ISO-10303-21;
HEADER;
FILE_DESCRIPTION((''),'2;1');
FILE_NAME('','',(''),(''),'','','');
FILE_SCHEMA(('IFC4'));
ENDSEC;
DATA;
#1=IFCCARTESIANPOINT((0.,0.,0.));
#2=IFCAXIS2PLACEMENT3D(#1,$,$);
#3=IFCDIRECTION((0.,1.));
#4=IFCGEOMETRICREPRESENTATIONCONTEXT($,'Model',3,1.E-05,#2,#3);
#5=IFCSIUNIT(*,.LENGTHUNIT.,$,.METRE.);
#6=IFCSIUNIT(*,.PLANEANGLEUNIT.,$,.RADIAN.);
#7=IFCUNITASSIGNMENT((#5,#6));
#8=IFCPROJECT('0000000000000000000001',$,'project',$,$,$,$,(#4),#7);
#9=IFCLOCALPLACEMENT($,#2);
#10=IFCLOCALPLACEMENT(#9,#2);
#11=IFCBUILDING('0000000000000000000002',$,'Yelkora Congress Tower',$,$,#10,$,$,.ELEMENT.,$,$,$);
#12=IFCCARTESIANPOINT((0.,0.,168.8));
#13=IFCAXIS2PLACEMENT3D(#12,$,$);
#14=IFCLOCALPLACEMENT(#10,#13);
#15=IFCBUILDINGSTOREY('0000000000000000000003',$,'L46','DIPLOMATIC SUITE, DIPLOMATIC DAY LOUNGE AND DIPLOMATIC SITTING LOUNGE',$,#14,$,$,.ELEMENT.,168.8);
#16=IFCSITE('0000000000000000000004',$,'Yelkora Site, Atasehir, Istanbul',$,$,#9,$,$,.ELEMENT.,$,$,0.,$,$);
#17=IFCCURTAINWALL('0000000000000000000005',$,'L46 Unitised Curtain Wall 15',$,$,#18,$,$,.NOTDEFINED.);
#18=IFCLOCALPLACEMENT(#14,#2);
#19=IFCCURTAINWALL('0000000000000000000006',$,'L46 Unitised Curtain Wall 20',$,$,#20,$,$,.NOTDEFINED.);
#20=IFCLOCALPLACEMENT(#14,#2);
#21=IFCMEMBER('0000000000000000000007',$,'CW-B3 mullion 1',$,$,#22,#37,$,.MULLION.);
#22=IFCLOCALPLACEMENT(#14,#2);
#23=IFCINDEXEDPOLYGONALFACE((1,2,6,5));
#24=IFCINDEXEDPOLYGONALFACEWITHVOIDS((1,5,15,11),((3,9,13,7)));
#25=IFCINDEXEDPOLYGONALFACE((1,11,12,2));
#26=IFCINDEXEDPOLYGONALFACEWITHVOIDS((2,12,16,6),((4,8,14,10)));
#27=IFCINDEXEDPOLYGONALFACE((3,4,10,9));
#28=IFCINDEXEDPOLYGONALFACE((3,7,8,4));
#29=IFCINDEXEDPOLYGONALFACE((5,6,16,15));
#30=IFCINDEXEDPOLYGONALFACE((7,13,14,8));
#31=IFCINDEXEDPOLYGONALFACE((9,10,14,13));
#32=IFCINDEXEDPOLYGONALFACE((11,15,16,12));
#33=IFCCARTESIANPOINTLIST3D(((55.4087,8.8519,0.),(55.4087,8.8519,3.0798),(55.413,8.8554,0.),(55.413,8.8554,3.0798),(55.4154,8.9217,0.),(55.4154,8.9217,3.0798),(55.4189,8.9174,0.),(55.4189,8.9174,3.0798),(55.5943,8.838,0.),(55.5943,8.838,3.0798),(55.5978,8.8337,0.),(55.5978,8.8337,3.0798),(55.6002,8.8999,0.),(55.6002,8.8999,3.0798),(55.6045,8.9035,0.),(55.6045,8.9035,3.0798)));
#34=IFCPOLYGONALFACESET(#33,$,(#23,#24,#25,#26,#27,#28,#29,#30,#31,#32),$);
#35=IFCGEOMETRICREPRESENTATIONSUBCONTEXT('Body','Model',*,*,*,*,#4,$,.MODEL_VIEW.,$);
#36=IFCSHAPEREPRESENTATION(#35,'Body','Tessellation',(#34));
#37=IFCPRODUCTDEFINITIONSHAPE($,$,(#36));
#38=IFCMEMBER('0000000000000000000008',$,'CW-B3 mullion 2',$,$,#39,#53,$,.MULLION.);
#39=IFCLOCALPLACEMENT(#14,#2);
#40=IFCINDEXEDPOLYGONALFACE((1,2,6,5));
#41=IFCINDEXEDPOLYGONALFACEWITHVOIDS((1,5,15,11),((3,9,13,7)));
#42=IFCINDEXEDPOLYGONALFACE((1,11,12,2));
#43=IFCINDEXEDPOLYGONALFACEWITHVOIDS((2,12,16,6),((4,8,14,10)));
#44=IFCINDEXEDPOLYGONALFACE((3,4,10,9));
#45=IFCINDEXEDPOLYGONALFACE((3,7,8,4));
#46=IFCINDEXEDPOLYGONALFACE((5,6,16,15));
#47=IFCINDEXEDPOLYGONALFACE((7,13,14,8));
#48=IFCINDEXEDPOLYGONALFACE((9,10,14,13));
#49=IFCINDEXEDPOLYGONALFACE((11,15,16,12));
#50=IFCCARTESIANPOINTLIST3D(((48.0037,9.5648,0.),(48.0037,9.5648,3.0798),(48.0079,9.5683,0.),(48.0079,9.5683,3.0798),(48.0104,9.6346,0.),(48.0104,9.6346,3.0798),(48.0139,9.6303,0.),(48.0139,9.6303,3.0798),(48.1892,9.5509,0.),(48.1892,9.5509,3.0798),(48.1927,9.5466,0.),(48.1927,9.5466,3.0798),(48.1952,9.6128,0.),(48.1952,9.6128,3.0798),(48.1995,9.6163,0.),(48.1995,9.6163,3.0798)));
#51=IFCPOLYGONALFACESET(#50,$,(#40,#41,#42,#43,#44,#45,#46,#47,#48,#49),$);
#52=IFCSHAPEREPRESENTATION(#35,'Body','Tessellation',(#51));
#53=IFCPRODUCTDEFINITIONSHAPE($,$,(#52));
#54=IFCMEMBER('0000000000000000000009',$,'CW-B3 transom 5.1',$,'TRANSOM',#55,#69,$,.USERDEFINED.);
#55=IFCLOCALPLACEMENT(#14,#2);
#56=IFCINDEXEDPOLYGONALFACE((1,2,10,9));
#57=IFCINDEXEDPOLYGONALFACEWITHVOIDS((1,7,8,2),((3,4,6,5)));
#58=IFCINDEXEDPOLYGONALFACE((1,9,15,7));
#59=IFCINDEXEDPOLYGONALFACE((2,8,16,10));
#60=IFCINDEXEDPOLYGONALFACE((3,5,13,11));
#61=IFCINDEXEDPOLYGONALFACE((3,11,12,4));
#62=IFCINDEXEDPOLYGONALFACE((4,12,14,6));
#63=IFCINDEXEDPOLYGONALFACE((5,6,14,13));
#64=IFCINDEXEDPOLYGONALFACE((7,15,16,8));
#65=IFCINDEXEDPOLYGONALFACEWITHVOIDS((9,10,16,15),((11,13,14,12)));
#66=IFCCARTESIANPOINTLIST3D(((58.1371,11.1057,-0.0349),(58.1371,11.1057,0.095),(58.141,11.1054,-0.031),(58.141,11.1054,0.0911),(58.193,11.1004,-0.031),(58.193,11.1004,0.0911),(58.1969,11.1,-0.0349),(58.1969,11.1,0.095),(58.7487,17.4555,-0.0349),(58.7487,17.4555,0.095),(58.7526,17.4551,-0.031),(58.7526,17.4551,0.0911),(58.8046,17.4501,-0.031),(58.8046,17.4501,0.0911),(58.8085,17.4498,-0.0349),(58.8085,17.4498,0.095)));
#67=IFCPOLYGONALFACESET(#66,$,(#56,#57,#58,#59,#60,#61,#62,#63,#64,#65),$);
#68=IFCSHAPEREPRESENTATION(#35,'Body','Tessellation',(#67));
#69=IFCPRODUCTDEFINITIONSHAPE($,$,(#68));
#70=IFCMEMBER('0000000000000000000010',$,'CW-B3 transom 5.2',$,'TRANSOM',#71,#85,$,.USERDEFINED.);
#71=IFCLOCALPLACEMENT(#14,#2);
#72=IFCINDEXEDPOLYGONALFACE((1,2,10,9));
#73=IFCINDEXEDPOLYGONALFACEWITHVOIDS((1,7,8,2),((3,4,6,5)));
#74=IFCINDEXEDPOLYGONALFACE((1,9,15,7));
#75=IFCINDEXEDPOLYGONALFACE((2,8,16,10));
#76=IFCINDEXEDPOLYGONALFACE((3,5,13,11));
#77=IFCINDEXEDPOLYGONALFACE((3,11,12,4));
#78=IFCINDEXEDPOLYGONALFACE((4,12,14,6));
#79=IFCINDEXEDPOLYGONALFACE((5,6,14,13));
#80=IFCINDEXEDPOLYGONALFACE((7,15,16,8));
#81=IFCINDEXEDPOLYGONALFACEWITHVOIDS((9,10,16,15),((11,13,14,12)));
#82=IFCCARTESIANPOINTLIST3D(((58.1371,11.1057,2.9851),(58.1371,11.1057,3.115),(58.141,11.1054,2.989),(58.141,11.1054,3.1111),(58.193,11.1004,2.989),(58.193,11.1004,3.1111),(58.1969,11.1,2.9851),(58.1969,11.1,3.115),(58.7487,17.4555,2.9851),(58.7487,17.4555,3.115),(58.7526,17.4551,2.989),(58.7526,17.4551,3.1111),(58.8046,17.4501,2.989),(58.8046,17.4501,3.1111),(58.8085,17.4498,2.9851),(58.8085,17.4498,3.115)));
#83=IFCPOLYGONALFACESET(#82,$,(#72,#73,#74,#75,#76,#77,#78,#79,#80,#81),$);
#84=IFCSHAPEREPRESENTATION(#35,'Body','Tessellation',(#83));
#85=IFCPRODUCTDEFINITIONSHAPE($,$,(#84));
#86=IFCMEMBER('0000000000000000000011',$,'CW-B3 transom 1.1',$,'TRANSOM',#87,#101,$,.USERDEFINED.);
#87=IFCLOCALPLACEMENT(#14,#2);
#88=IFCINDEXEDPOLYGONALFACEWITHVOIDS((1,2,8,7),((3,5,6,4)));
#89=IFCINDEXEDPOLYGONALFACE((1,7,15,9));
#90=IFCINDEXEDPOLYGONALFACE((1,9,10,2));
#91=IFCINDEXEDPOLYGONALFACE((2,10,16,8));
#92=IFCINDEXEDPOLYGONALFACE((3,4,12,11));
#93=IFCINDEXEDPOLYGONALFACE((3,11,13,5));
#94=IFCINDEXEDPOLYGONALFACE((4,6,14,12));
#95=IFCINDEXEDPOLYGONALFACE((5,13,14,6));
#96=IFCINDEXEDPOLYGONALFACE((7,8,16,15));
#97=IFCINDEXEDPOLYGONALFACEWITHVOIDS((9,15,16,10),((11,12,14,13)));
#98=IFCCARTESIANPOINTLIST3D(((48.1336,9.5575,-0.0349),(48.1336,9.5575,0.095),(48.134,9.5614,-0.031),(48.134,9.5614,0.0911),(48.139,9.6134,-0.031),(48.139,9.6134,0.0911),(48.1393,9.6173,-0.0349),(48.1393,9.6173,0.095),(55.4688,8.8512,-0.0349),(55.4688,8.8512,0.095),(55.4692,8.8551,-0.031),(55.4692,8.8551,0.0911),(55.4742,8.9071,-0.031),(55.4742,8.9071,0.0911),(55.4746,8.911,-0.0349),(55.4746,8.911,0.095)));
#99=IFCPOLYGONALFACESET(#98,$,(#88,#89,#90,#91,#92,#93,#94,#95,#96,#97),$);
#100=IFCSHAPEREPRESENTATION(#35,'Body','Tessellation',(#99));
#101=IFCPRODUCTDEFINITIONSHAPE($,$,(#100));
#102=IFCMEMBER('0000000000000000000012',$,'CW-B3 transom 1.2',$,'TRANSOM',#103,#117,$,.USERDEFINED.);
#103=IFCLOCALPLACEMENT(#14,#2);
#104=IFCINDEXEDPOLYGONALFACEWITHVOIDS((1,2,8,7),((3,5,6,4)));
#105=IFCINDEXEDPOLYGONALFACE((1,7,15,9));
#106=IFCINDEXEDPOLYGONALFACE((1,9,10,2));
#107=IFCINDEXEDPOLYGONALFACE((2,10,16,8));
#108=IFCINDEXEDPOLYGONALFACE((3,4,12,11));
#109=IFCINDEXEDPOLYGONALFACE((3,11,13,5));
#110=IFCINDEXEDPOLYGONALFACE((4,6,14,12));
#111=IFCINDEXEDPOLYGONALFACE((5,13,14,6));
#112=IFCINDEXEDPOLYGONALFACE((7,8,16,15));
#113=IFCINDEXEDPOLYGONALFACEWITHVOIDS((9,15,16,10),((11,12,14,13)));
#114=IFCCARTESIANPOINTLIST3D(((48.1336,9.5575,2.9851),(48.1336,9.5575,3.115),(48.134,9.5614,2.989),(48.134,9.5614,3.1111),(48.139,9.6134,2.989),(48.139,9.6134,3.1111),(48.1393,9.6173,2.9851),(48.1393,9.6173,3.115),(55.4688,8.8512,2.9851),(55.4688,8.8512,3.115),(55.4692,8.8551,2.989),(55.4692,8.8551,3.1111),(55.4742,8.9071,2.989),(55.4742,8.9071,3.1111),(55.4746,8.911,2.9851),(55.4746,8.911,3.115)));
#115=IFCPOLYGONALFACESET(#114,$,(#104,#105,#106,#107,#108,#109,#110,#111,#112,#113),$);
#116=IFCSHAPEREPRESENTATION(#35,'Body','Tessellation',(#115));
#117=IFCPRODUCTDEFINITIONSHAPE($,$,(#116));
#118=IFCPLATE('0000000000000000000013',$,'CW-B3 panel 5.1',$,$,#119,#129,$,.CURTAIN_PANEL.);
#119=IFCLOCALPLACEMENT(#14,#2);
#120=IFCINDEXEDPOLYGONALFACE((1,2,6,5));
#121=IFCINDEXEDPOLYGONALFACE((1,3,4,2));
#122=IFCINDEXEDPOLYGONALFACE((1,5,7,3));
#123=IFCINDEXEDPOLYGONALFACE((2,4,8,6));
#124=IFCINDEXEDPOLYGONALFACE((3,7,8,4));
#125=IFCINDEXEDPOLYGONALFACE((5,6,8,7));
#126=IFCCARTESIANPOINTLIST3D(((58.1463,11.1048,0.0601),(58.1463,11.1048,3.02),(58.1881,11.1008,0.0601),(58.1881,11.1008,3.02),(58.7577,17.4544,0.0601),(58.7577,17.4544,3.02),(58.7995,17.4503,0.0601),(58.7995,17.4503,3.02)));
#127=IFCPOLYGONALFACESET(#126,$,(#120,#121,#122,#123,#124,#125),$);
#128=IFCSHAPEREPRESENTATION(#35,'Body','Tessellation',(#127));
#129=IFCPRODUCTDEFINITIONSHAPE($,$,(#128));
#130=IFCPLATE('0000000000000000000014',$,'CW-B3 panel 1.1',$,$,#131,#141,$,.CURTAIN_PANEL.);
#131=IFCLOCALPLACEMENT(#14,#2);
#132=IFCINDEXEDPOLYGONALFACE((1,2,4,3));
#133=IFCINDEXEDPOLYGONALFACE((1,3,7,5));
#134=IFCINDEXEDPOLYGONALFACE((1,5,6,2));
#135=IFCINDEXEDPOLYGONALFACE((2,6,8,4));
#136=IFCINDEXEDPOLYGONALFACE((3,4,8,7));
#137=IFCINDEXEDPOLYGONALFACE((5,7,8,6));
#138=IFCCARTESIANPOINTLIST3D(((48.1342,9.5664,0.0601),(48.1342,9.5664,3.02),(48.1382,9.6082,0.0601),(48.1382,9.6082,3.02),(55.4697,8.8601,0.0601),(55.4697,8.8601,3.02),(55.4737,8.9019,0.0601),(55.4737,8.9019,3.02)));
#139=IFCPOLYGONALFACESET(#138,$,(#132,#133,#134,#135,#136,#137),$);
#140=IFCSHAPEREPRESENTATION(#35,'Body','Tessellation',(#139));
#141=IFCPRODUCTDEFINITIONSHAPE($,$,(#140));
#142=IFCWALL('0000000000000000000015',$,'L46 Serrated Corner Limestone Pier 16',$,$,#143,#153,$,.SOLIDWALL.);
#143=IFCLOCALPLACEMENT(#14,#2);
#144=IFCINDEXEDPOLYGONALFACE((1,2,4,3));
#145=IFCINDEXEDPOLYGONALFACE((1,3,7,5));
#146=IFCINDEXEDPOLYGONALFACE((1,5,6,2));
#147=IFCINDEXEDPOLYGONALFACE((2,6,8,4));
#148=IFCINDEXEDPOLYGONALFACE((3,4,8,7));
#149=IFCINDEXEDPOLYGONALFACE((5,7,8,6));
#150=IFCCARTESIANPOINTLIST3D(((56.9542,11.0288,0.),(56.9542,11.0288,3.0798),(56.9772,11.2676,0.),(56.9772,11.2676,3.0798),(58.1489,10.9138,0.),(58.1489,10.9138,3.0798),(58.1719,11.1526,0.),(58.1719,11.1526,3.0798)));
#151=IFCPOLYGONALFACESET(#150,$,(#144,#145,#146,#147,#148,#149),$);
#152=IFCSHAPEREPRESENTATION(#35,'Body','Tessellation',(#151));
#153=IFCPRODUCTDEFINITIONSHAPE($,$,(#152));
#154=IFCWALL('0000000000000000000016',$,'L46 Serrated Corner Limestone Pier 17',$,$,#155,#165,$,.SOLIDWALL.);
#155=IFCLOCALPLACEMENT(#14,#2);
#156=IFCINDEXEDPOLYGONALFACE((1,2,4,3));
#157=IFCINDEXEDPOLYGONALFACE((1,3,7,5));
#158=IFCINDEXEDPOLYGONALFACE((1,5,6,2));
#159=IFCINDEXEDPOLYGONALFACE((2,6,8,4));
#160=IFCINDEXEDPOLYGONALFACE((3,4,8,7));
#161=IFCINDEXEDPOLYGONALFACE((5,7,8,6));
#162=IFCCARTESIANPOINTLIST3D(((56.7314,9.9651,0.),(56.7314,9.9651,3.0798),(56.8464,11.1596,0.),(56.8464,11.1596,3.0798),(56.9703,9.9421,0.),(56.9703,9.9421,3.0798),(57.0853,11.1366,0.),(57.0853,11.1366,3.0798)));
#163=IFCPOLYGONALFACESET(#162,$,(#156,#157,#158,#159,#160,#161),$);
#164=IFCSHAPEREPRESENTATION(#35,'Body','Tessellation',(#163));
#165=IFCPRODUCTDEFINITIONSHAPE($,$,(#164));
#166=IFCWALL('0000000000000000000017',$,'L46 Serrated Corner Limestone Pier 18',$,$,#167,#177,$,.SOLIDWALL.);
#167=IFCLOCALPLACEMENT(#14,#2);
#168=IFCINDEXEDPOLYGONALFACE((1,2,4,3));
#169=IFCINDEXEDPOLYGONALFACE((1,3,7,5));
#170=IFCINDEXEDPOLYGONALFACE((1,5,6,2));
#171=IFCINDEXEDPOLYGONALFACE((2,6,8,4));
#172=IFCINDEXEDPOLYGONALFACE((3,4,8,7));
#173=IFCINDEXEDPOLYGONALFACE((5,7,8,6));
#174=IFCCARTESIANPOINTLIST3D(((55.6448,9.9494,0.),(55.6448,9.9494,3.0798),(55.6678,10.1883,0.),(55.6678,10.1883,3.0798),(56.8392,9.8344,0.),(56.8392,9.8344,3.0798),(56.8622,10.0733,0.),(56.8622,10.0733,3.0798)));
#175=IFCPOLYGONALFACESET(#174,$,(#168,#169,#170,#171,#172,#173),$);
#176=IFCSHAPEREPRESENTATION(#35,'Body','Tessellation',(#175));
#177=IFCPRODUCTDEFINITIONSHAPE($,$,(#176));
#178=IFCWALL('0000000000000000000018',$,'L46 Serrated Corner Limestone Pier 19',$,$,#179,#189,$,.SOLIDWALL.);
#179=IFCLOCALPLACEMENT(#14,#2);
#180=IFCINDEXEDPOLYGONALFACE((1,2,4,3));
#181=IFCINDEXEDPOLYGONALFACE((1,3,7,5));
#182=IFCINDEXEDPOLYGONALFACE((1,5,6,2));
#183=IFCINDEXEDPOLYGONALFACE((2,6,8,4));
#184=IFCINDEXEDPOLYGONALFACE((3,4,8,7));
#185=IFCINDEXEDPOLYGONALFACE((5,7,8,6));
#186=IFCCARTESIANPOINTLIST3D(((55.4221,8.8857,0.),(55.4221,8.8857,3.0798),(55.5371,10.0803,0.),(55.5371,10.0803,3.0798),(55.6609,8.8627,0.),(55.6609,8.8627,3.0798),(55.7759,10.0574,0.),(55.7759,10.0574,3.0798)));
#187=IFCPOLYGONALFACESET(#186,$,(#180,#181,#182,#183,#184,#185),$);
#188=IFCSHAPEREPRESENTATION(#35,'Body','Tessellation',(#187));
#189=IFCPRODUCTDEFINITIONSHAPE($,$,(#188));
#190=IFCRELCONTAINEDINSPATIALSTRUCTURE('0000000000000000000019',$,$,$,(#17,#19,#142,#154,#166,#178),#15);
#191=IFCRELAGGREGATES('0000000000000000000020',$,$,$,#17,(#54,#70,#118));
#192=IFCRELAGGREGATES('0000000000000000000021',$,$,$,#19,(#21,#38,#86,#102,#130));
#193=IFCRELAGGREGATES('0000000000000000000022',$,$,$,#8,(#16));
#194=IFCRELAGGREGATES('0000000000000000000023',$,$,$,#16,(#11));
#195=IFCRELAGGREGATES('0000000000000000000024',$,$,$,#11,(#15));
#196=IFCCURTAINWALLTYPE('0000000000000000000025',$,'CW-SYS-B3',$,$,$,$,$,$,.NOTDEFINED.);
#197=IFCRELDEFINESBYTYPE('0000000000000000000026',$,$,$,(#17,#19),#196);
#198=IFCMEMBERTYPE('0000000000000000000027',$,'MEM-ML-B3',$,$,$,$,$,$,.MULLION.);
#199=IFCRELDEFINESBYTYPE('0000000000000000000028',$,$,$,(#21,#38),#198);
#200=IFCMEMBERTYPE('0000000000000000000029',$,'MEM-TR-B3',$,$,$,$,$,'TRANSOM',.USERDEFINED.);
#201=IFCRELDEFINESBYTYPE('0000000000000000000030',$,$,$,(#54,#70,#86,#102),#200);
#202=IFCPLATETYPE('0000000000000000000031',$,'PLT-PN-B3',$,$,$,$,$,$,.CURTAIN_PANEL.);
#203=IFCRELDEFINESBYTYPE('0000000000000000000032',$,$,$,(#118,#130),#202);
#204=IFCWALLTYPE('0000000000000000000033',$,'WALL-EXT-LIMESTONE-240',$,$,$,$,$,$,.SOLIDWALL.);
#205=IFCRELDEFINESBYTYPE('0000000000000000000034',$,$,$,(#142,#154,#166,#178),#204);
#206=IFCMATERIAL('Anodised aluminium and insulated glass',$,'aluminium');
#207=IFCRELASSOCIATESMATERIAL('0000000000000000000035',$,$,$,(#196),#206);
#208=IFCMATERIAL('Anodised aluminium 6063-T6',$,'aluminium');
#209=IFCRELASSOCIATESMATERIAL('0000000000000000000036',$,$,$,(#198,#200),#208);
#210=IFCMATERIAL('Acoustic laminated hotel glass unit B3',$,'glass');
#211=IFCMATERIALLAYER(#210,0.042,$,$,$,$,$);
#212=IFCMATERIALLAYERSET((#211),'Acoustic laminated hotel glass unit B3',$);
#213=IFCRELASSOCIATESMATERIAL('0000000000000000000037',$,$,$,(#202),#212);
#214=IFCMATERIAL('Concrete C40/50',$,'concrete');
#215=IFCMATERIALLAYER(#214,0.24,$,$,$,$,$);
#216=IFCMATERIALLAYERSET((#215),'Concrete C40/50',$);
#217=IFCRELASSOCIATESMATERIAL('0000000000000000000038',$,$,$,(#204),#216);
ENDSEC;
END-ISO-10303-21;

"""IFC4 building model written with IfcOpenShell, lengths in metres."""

from ifc_helpers import new_model, si_unit, direction, frame, frame_2d, origin, origin_2d, place, context, subcontext, project, spatial, rectangle, hollow_rectangle, extrude, material, layer, layer_set, material_profile, profile_set, type_object, element, aggregate, save


model = new_model("IFC4")

# Units and contexts
model_context = context("Model", 3, precision=1e-05, world=origin(), true_north=direction((0.0, 1.0)))
body_context = subcontext(model_context, "Body", "Model", "MODEL_VIEW")
ifc_project = project(units=[si_unit("LENGTHUNIT", "METRE"), si_unit("PLANEANGLEUNIT", "RADIAN")], contexts=[model_context])

# Site, building, storey
site_placement = place(None, origin())
site = spatial("IfcSite", under=ifc_project, at=site_placement, Name="Yelkora Site, Atasehir, Istanbul", CompositionType="ELEMENT", RefElevation=0.0)
building_placement = place(site_placement, origin())
building = spatial("IfcBuilding", under=site, at=building_placement, Name="Yelkora Congress Tower", CompositionType="ELEMENT")
storey_placement = place(building_placement, frame((0.0, 0.0, 168.8)))
storey = spatial("IfcBuildingStorey", under=building, at=storey_placement, Name="L46", Description="DIPLOMATIC SUITE, DIPLOMATIC DAY LOUNGE AND DIPLOMATIC SITTING LOUNGE", CompositionType="ELEMENT", Elevation=168.8)

# Curtain walls, members
ifc_material_1 = material(Name="Anodised aluminium and insulated glass", Category="aluminium")
curtain_wall_type = type_object("IfcCurtainWallType", Name="CW-SYS-B3", PredefinedType="NOTDEFINED", material=ifc_material_1)
curtain_wall_1_placement = place(storey_placement, origin())
curtain_wall_1 = element("IfcCurtainWall", 1, at=curtain_wall_1_placement, inside=storey, type_object=curtain_wall_type, Name="L46 Unitised Curtain Wall 15", PredefinedType="NOTDEFINED")
ifc_material_2 = material(Name="Anodised aluminium 6063-T6", Category="aluminium")
ifc_material_profile_1 = material_profile(ifc_material_2, hollow_rectangle(XDim=0.0701, YDim=0.1899, WallThickness=0.0039, at=origin_2d()), Name="ALU 70x190x4")
ifc_profile_set_1 = profile_set([ifc_material_profile_1], Name="Anodised aluminium 6063-T6")
member_type_1 = type_object("IfcMemberType", Name="MEM-ML-B3", PredefinedType="MULLION", material=ifc_profile_set_1)
curtain_wall_2_placement = place(storey_placement, origin())
curtain_wall_2 = element("IfcCurtainWall", 2, at=curtain_wall_2_placement, inside=storey, type_object=curtain_wall_type, Name="L46 Unitised Curtain Wall 20", PredefinedType="NOTDEFINED")
member_1_placement = place(storey_placement, frame((55.5066, 8.8777, 0.0), z_axis=(0.0, 0.0, 1.0), x_axis=(-0.095845, -0.995396, 0.0)))
member_1 = element("IfcMember", 3, at=member_1_placement, type_object=member_type_1, Name="CW-B3 mullion 1", PredefinedType="MULLION", context=body_context, shape_type="SweptSolid", body=[
    extrude(hollow_rectangle(XDim=0.0701, YDim=0.1899, WallThickness=0.0039, at=origin_2d()), origin(), (0.0, 0.0, 1.0), 3.0798),
])
member_2_placement = place(storey_placement, frame((48.1016, 9.5906, 0.0), z_axis=(0.0, 0.0, 1.0), x_axis=(-0.095845, -0.995396, 0.0)))
member_2 = element("IfcMember", 4, at=member_2_placement, type_object=member_type_1, Name="CW-B3 mullion 2", PredefinedType="MULLION", context=body_context, shape_type="SweptSolid", body=[
    extrude(hollow_rectangle(XDim=0.0701, YDim=0.1899, WallThickness=0.0039, at=origin_2d()), origin(), (0.0, 0.0, 1.0), 3.0798),
])

# Members
ifc_material_profile_2 = material_profile(ifc_material_2, hollow_rectangle(XDim=0.0601, YDim=0.1299, WallThickness=0.0039, at=origin_2d()), Name="ALU 60x130x4")
ifc_profile_set_2 = profile_set([ifc_material_profile_2], Name="Anodised aluminium 6063-T6")
member_type_2 = type_object("IfcMemberType", Name="MEM-TR-B3", ElementType="TRANSOM", PredefinedType="USERDEFINED", material=ifc_profile_set_2)
member_3_placement = place(storey_placement, frame((58.7786, 17.4526, 0.03), z_axis=(-0.095869, -0.995394, 0.0), x_axis=(0.995394, -0.095869, 0.0)))
member_3 = element("IfcMember", 5, at=member_3_placement, type_object=member_type_2, Name="CW-B3 transom 5.1", ObjectType="TRANSOM", PredefinedType="USERDEFINED", context=body_context, shape_type="SweptSolid", body=[
    extrude(hollow_rectangle(XDim=0.0601, YDim=0.1299, WallThickness=0.0039, at=origin_2d()), origin(), (0.0, 0.0, 1.0), 6.3792),
])
member_4_placement = place(storey_placement, frame((58.7786, 17.4526, 3.05), z_axis=(-0.095869, -0.995394, 0.0), x_axis=(0.995394, -0.095869, 0.0)))
member_4 = element("IfcMember", 6, at=member_4_placement, type_object=member_type_2, Name="CW-B3 transom 5.2", ObjectType="TRANSOM", PredefinedType="USERDEFINED", context=body_context, shape_type="SweptSolid", body=[
    extrude(hollow_rectangle(XDim=0.0601, YDim=0.1299, WallThickness=0.0039, at=origin_2d()), origin(), (0.0, 0.0, 1.0), 6.3792),
])
member_5_placement = place(storey_placement, frame((55.4717, 8.8811, 0.03), z_axis=(-0.995396, 0.095846, 0.0), x_axis=(-0.095846, -0.995396, 0.0)))
member_5 = element("IfcMember", 7, at=member_5_placement, type_object=member_type_2, Name="CW-B3 transom 1.1", ObjectType="TRANSOM", PredefinedType="USERDEFINED", context=body_context, shape_type="SweptSolid", body=[
    extrude(hollow_rectangle(XDim=0.0601, YDim=0.1299, WallThickness=0.0039, at=origin_2d()), origin(), (0.0, 0.0, 1.0), 7.3691),
])
member_6_placement = place(storey_placement, frame((55.4717, 8.8811, 3.05), z_axis=(-0.995396, 0.095846, 0.0), x_axis=(-0.095846, -0.995396, 0.0)))
member_6 = element("IfcMember", 8, at=member_6_placement, type_object=member_type_2, Name="CW-B3 transom 1.2", ObjectType="TRANSOM", PredefinedType="USERDEFINED", context=body_context, shape_type="SweptSolid", body=[
    extrude(hollow_rectangle(XDim=0.0601, YDim=0.1299, WallThickness=0.0039, at=origin_2d()), origin(), (0.0, 0.0, 1.0), 7.3691),
])

# Plates
ifc_material_3 = material(Name="Acoustic laminated hotel glass unit B3", Category="glass")
ifc_layer_1 = layer(ifc_material_3, 0.042)
ifc_layer_set_1 = layer_set([ifc_layer_1], Name="Acoustic laminated hotel glass unit B3")
plate_type = type_object("IfcPlateType", Name="PLT-PN-B3", PredefinedType="CURTAIN_PANEL", material=ifc_layer_set_1)
plate_1_placement = place(storey_placement, frame((58.4729, 14.2776, 0.0601), z_axis=(0.0, 0.0, 1.0), x_axis=(-0.095842, -0.995397, 0.0)))
plate_1 = element("IfcPlate", 9, at=plate_1_placement, type_object=plate_type, Name="CW-B3 panel 5.1", PredefinedType="CURTAIN_PANEL", context=body_context, shape_type="SweptSolid", body=[
    extrude(rectangle(XDim=6.3789, YDim=0.042, at=origin_2d()), origin(), (0.0, 0.0, 1.0), 2.96),
])
aggregate(curtain_wall_1, [member_3, member_4, plate_1])
plate_2_placement = place(storey_placement, frame((51.804, 9.2341, 0.0601), z_axis=(0.0, 0.0, 1.0), x_axis=(-0.995396, 0.095845, 0.0)))
plate_2 = element("IfcPlate", 10, at=plate_2_placement, type_object=plate_type, Name="CW-B3 panel 1.1", PredefinedType="CURTAIN_PANEL", context=body_context, shape_type="SweptSolid", body=[
    extrude(rectangle(XDim=7.3694, YDim=0.042, at=origin_2d()), origin(), (0.0, 0.0, 1.0), 2.96),
])
aggregate(curtain_wall_2, [member_1, member_2, member_5, member_6, plate_2])

# Walls
ifc_material_4 = material(Name="Concrete C40/50", Category="concrete")
ifc_layer_2 = layer(ifc_material_4, 0.24)
ifc_layer_set_2 = layer_set([ifc_layer_2], Name="Concrete C40/50")
wall_type_1 = type_object("IfcWallType", Name="WALL-EXT-LIMESTONE-240", PredefinedType="SOLIDWALL", material=ifc_layer_set_2)
wall_1_placement = place(storey_placement, frame((58.1604, 11.0332, 0.0), z_axis=(0.0, 0.0, 1.0), x_axis=(-0.995399, 0.095817, 0.0)))
element("IfcWall", 11, at=wall_1_placement, inside=storey, type_object=wall_type_1, Name="L46 Serrated Corner Limestone Pier 16", PredefinedType="SOLIDWALL", context=body_context, shape_type="SweptSolid", body=[
    extrude(rectangle(XDim=1.2002, YDim=0.24, at=frame_2d((0.6001, 0.0))), origin(), (0.0, 0.0, 1.0), 3.0798),
])
for number, where, z_axis, x_axis, name in (
    (12, (56.9658, 11.1482, 0.0), (0.0, 0.0, 1.0), (-0.095836, -0.995397, 0.0), "L46 Serrated Corner Limestone Pier 17"),
    (13, (56.8508, 9.9539, 0.0), (0.0, 0.0, 1.0), (-0.995397, 0.095836, 0.0), "L46 Serrated Corner Limestone Pier 18"),
):
    element("IfcWall", number, at=place(storey_placement, frame(where, z_axis=z_axis, x_axis=x_axis)), inside=storey, type_object=wall_type_1, Name=name, PredefinedType="SOLIDWALL", context=body_context, shape_type="SweptSolid", body=[
        extrude(rectangle(XDim=1.2, YDim=0.24, at=frame_2d((0.6001, 0.0))), origin(), (0.0, 0.0, 1.0), 3.0798),
    ])
wall_2_placement = place(storey_placement, frame((55.6565, 10.0688, 0.0), z_axis=(0.0, 0.0, 1.0), x_axis=(-0.095817, -0.995399, 0.0)))
element("IfcWall", 14, at=wall_2_placement, inside=storey, type_object=wall_type_1, Name="L46 Serrated Corner Limestone Pier 19", PredefinedType="SOLIDWALL", context=body_context, shape_type="SweptSolid", body=[
    extrude(rectangle(XDim=1.2002, YDim=0.24, at=frame_2d((0.6001, 0.0))), origin(), (0.0, 0.0, 1.0), 3.0798),
])

save(model, "model.ifc")
